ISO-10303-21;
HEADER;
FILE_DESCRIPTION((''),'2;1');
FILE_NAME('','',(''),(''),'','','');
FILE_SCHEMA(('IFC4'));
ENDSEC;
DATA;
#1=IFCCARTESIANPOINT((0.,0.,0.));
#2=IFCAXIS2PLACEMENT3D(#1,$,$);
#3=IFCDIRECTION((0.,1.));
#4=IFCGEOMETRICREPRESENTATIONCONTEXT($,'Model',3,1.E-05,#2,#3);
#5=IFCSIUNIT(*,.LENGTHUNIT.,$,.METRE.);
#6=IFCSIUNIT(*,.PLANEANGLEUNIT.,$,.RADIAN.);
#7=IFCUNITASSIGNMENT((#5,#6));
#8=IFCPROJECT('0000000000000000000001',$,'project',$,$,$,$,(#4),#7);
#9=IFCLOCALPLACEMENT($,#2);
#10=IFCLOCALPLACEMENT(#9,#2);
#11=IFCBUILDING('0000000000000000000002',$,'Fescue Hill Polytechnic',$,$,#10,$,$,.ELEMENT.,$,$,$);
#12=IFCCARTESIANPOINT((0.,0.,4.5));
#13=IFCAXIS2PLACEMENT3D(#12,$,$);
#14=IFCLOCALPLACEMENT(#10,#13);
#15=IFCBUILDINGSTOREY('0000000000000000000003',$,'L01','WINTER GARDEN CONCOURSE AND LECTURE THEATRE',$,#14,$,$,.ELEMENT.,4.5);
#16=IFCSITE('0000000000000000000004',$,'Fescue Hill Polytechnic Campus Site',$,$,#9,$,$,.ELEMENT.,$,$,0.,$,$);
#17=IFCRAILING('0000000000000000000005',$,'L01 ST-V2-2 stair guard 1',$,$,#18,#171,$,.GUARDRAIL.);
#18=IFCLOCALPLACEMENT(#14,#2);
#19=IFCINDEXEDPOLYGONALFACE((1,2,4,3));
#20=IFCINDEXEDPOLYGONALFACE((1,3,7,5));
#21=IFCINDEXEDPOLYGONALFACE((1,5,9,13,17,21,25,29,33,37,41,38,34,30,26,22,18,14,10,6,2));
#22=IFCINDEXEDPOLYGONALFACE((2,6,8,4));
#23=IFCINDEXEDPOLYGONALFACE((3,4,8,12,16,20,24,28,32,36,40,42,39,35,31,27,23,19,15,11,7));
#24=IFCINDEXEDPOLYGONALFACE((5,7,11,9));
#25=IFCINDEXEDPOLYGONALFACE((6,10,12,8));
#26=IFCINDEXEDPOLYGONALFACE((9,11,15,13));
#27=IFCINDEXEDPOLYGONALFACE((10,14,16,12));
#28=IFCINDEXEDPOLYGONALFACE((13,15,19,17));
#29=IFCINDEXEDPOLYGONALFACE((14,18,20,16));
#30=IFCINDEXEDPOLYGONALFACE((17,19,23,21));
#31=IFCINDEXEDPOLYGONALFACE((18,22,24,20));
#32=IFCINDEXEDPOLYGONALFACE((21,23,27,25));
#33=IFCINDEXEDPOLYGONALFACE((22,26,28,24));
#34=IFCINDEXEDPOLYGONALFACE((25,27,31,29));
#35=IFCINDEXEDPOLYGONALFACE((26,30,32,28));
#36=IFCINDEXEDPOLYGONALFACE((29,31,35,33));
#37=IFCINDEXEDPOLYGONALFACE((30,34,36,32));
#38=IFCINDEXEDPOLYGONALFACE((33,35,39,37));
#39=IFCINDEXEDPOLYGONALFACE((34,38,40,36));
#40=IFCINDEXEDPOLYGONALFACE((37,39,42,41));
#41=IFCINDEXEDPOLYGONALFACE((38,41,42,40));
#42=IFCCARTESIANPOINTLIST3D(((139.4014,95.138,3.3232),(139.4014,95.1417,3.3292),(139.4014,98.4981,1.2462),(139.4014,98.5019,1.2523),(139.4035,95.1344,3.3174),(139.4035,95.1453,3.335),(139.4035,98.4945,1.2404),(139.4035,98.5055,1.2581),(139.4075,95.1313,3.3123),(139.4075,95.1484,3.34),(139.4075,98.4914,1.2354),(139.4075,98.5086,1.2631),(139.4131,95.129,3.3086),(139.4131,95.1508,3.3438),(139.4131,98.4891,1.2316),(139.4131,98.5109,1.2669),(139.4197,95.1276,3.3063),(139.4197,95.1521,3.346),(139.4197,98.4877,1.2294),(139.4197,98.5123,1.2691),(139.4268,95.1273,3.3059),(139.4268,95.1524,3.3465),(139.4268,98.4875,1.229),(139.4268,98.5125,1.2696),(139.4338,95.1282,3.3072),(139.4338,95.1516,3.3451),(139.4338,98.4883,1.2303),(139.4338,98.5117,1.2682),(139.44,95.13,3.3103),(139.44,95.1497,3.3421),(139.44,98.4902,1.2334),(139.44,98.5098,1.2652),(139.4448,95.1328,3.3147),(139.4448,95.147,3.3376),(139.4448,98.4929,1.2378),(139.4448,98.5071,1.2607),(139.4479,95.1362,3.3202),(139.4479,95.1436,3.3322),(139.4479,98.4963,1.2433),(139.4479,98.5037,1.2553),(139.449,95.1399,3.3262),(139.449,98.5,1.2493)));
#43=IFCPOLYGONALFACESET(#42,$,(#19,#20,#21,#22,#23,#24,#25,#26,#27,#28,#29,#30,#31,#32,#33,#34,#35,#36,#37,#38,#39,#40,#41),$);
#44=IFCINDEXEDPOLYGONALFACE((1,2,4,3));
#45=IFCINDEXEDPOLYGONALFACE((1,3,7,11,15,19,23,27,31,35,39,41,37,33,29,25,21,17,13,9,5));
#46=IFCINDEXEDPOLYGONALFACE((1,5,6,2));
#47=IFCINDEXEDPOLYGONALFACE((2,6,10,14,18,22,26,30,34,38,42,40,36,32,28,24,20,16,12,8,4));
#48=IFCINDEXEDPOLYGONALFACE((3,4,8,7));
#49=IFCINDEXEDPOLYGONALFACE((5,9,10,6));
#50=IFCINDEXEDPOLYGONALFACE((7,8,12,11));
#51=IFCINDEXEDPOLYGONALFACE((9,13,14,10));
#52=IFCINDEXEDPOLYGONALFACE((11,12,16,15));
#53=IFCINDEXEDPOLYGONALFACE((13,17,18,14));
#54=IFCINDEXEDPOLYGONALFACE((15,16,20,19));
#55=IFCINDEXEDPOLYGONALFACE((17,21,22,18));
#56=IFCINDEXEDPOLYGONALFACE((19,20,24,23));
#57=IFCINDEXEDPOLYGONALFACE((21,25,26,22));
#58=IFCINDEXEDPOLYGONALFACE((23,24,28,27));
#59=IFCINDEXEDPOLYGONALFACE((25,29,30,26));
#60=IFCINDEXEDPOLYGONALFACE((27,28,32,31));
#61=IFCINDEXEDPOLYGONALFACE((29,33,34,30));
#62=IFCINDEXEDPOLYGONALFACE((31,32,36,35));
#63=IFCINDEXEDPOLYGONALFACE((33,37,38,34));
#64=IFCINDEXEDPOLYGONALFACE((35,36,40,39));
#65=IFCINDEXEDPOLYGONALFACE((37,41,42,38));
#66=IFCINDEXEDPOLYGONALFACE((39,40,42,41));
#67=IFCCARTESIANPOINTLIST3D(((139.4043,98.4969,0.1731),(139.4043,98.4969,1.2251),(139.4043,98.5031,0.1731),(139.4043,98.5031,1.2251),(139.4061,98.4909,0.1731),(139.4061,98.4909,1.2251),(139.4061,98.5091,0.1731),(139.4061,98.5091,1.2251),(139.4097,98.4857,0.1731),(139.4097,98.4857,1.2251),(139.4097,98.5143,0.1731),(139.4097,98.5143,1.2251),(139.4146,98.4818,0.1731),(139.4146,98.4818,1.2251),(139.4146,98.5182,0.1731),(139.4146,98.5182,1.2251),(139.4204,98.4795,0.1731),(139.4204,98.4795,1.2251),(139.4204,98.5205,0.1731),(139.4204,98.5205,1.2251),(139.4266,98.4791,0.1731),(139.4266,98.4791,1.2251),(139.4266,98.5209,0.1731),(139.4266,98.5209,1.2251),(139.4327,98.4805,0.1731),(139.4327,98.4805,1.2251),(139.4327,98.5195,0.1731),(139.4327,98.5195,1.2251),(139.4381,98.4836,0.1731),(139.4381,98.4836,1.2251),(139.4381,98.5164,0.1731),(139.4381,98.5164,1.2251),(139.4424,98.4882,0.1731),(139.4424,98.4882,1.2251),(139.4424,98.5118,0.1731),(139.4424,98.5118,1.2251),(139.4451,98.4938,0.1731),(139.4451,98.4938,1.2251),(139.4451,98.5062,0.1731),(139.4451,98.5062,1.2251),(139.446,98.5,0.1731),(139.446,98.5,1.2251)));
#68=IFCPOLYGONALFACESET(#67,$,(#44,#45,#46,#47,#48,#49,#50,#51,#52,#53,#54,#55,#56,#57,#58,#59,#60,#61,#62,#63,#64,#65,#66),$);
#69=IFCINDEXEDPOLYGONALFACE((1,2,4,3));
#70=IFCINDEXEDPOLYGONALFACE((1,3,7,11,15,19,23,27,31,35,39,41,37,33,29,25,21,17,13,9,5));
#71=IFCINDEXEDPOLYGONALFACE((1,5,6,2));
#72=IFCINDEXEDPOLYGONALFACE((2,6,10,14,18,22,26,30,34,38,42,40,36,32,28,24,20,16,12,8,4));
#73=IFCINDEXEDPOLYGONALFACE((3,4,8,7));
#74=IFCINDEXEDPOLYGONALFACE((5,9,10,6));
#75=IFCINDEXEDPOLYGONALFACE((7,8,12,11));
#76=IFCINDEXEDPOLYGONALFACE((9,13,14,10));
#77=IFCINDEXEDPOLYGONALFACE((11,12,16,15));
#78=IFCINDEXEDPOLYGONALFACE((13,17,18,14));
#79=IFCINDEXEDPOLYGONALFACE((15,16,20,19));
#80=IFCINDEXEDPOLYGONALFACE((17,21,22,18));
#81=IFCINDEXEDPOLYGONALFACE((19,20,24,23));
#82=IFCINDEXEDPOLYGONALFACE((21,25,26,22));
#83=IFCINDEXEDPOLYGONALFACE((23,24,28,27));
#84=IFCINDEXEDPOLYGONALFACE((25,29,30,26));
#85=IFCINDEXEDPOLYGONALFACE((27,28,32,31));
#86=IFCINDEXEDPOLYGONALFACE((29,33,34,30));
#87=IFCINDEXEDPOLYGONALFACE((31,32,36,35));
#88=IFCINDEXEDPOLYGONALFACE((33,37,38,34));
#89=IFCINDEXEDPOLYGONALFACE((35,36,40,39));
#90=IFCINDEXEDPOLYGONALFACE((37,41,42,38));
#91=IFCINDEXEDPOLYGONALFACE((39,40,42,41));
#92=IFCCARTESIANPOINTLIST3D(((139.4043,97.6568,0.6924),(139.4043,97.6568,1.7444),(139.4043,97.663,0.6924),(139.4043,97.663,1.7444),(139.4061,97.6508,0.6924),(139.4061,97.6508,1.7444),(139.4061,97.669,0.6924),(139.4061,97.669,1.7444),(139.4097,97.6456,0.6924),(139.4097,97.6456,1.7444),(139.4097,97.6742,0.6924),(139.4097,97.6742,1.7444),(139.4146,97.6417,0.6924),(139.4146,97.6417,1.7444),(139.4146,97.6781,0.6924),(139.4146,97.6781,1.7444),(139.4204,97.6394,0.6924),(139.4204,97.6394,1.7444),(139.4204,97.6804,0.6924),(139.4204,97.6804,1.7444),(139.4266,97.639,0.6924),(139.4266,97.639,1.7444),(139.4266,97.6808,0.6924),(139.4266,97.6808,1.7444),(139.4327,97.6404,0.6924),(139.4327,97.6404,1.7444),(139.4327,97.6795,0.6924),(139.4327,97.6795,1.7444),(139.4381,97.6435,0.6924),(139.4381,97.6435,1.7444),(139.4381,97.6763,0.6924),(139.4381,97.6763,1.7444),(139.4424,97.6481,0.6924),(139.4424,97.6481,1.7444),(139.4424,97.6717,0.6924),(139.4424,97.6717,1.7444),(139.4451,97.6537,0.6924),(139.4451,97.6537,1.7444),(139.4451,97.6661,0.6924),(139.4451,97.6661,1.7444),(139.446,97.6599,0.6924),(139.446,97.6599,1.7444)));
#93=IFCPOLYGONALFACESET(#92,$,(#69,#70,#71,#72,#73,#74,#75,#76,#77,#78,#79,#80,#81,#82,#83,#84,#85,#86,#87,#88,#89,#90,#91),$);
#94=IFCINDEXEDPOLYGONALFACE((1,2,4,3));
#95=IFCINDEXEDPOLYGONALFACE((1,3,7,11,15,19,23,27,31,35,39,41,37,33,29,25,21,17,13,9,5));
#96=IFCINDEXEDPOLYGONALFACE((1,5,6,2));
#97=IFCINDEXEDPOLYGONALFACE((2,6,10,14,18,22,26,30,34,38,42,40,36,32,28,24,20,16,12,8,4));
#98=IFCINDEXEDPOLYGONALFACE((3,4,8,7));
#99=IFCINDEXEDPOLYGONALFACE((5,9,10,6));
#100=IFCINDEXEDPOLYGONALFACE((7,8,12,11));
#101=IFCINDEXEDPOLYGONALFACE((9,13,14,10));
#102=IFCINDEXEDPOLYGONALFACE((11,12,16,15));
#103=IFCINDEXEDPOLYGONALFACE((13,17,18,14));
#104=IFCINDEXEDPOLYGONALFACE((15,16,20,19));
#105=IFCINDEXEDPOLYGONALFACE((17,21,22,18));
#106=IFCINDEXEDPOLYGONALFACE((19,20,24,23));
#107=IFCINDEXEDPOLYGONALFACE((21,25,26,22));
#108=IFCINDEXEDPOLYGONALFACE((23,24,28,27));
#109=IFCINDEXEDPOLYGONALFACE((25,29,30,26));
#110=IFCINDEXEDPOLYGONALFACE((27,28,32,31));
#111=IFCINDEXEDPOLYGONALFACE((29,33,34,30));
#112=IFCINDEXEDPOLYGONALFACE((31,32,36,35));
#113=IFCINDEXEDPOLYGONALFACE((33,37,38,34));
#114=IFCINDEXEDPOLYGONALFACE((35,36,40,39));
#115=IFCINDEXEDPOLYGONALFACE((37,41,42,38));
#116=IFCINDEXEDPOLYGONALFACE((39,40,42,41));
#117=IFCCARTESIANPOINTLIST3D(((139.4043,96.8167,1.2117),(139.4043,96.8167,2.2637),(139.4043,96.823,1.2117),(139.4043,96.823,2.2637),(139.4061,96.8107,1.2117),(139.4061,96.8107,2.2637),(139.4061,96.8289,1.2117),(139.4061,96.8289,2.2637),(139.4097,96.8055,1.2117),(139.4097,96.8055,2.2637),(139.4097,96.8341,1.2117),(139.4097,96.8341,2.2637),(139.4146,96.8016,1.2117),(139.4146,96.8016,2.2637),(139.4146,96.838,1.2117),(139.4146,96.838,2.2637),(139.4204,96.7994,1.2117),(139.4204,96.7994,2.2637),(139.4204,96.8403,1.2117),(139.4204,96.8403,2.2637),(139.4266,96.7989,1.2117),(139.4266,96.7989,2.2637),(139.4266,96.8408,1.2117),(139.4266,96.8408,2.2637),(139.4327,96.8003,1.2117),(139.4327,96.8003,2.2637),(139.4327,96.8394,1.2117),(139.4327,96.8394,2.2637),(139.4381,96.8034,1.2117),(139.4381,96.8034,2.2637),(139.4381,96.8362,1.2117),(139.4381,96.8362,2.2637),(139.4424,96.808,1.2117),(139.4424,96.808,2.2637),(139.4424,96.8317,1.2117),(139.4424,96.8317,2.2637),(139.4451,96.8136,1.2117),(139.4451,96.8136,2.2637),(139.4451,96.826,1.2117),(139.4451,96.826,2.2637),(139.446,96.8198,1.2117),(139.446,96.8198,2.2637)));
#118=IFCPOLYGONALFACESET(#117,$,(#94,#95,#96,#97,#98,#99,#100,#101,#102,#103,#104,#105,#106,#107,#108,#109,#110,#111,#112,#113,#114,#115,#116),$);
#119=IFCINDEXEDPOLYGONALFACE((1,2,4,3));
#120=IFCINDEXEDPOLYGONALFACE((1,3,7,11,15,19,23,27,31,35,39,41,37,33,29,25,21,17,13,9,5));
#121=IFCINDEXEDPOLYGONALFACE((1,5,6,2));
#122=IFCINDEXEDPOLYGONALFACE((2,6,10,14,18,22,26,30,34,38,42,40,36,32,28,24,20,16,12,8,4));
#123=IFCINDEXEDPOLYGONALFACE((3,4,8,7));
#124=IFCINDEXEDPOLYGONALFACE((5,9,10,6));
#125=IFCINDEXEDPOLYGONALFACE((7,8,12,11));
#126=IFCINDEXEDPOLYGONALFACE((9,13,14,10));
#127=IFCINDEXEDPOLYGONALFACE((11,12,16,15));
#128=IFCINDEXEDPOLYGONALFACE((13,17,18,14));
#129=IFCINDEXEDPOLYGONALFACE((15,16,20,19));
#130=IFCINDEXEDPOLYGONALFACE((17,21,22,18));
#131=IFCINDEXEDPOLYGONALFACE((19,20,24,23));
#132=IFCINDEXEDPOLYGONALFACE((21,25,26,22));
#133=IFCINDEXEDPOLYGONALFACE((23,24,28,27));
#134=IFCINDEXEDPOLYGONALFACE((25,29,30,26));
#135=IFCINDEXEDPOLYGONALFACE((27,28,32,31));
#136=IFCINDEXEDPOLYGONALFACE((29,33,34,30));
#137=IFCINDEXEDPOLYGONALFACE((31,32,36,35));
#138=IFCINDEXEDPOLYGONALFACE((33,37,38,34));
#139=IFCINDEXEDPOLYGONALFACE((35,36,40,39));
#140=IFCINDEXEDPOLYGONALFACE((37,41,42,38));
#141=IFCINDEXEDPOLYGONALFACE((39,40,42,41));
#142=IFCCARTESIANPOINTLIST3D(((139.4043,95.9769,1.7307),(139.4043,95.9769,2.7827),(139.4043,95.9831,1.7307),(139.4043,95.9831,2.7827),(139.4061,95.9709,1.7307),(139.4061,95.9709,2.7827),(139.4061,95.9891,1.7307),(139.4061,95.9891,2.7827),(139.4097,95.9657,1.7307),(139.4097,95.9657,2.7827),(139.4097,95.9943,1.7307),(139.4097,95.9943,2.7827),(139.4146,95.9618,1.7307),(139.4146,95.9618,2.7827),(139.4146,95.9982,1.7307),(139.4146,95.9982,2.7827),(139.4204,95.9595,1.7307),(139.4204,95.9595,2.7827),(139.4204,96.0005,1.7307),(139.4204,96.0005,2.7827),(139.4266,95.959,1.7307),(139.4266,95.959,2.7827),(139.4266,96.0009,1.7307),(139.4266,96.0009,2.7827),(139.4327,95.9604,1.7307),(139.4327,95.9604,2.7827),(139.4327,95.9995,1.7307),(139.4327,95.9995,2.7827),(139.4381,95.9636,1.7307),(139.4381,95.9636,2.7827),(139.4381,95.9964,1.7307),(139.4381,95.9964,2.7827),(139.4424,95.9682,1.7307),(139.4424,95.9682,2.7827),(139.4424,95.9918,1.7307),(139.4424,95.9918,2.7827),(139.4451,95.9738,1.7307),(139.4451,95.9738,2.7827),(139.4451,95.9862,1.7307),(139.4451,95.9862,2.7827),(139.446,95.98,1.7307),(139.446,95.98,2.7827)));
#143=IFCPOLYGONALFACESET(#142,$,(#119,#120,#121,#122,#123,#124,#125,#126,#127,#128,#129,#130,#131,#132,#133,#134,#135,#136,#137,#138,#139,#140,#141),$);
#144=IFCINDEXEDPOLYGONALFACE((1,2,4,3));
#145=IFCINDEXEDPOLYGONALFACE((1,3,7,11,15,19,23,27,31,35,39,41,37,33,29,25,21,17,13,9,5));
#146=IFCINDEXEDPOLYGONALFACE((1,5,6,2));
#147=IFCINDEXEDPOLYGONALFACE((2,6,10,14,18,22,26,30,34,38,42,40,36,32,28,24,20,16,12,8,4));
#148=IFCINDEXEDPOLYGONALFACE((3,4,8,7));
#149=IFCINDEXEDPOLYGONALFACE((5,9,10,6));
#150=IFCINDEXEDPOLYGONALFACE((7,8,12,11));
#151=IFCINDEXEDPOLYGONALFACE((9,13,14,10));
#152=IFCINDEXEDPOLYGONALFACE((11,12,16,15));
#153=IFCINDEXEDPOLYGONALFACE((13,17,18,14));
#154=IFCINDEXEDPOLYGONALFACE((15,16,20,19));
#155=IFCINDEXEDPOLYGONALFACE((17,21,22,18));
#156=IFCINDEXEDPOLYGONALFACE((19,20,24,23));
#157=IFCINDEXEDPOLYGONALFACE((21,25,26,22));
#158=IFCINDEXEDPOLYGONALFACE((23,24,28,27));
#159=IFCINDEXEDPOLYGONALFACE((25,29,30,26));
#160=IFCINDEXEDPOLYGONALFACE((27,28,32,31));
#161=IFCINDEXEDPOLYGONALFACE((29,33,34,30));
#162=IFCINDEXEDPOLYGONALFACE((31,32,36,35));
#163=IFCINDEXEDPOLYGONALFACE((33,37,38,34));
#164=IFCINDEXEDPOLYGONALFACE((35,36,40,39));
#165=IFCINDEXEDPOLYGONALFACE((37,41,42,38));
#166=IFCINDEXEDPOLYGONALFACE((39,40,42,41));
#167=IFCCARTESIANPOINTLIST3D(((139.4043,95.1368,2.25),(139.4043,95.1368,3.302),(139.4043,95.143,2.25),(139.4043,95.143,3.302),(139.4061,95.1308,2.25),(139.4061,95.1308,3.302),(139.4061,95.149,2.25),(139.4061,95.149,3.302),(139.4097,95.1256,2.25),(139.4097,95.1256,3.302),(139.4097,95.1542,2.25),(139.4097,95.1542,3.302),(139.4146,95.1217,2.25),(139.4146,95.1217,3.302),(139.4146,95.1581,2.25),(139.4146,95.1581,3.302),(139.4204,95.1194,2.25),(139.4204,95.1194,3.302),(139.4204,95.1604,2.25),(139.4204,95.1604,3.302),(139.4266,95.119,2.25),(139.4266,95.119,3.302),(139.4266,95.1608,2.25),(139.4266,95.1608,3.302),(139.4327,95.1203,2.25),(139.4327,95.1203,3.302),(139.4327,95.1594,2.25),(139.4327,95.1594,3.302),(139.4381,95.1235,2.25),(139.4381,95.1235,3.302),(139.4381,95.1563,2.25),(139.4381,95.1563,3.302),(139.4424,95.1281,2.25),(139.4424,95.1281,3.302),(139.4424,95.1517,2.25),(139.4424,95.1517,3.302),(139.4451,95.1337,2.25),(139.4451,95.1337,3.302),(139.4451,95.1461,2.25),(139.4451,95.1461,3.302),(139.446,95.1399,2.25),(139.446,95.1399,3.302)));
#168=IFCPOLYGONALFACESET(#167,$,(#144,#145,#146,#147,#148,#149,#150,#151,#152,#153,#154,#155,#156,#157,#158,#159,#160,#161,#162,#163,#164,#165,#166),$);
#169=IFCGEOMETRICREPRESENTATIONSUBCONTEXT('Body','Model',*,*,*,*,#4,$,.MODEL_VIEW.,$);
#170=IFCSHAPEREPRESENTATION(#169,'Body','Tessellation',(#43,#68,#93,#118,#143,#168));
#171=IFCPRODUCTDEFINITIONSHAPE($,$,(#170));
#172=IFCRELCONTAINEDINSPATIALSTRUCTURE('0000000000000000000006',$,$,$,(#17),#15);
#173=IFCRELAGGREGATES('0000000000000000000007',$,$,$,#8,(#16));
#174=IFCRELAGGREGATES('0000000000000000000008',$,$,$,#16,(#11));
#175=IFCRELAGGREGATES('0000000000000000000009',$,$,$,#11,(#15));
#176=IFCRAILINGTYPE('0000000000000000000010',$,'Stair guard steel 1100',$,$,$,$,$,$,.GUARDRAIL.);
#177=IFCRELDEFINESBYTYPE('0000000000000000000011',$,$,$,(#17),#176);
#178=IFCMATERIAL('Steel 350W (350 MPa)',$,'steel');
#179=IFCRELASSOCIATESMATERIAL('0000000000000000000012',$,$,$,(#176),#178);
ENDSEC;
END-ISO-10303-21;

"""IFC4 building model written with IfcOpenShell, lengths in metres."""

from ifc_helpers import new_model, si_unit, direction, frame, origin, origin_2d, place, context, subcontext, project, spatial, circle, extrude, material, type_object, element, save


model = new_model("IFC4")

# Units and contexts
model_context = context("Model", 3, precision=1e-05, world=origin(), true_north=direction((0.0, 1.0)))
body_context = subcontext(model_context, "Body", "Model", "MODEL_VIEW")
ifc_project = project(units=[si_unit("LENGTHUNIT", "METRE"), si_unit("PLANEANGLEUNIT", "RADIAN")], contexts=[model_context])

# Site, building, storey
site_placement = place(None, origin())
site = spatial("IfcSite", under=ifc_project, at=site_placement, Name="Fescue Hill Polytechnic Campus Site", CompositionType="ELEMENT", RefElevation=0.0)
building_placement = place(site_placement, origin())
building = spatial("IfcBuilding", under=site, at=building_placement, Name="Fescue Hill Polytechnic", CompositionType="ELEMENT")
storey_placement = place(building_placement, frame((0.0, 0.0, 4.5)))
storey = spatial("IfcBuildingStorey", under=building, at=storey_placement, Name="L01", Description="WINTER GARDEN CONCOURSE AND LECTURE THEATRE", CompositionType="ELEMENT", Elevation=4.5)

# Railing
ifc_material_1 = material(Name="Steel 350W (350 MPa)", Category="steel")
railing_type_1 = type_object("IfcRailingType", Name="Stair guard steel 1100", PredefinedType="GUARDRAIL", material=ifc_material_1)
railing_1_placement = place(storey_placement, frame((139.425, 98.5, 0.1731)))
element("IfcRailing", 1, at=railing_1_placement, inside=storey, type_object=railing_type_1, Name="L01 ST-V2-2 stair guard 1", PredefinedType="GUARDRAIL", context=body_context, shape_type="SweptSolid", body=[
    extrude(circle(Radius=0.0239, at=origin_2d()), frame((0.0, 0.0, 1.0762), z_axis=(0.0, -0.850623, 0.525776), x_axis=(1.0, 0.0, 0.0)), (0.0, 0.0, 1.0), 3.9502),
    extrude(circle(Radius=0.021, at=origin_2d()), origin(), (0.0, 0.0, 1.0), 1.052),
    extrude(circle(Radius=0.021, at=origin_2d()), frame((0.0, -0.8401, 0.5193)), (0.0, 0.0, 1.0), 1.052),
    extrude(circle(Radius=0.021, at=origin_2d()), frame((0.0, -1.6802, 1.0386)), (0.0, 0.0, 1.0), 1.052),
    extrude(circle(Radius=0.021, at=origin_2d()), frame((0.0, -2.52, 1.5576)), (0.0, 0.0, 1.0), 1.052),
    extrude(circle(Radius=0.021, at=origin_2d()), frame((0.0, -3.3601, 2.0769)), (0.0, 0.0, 1.0), 1.052),
])

save(model, "model.ifc")
